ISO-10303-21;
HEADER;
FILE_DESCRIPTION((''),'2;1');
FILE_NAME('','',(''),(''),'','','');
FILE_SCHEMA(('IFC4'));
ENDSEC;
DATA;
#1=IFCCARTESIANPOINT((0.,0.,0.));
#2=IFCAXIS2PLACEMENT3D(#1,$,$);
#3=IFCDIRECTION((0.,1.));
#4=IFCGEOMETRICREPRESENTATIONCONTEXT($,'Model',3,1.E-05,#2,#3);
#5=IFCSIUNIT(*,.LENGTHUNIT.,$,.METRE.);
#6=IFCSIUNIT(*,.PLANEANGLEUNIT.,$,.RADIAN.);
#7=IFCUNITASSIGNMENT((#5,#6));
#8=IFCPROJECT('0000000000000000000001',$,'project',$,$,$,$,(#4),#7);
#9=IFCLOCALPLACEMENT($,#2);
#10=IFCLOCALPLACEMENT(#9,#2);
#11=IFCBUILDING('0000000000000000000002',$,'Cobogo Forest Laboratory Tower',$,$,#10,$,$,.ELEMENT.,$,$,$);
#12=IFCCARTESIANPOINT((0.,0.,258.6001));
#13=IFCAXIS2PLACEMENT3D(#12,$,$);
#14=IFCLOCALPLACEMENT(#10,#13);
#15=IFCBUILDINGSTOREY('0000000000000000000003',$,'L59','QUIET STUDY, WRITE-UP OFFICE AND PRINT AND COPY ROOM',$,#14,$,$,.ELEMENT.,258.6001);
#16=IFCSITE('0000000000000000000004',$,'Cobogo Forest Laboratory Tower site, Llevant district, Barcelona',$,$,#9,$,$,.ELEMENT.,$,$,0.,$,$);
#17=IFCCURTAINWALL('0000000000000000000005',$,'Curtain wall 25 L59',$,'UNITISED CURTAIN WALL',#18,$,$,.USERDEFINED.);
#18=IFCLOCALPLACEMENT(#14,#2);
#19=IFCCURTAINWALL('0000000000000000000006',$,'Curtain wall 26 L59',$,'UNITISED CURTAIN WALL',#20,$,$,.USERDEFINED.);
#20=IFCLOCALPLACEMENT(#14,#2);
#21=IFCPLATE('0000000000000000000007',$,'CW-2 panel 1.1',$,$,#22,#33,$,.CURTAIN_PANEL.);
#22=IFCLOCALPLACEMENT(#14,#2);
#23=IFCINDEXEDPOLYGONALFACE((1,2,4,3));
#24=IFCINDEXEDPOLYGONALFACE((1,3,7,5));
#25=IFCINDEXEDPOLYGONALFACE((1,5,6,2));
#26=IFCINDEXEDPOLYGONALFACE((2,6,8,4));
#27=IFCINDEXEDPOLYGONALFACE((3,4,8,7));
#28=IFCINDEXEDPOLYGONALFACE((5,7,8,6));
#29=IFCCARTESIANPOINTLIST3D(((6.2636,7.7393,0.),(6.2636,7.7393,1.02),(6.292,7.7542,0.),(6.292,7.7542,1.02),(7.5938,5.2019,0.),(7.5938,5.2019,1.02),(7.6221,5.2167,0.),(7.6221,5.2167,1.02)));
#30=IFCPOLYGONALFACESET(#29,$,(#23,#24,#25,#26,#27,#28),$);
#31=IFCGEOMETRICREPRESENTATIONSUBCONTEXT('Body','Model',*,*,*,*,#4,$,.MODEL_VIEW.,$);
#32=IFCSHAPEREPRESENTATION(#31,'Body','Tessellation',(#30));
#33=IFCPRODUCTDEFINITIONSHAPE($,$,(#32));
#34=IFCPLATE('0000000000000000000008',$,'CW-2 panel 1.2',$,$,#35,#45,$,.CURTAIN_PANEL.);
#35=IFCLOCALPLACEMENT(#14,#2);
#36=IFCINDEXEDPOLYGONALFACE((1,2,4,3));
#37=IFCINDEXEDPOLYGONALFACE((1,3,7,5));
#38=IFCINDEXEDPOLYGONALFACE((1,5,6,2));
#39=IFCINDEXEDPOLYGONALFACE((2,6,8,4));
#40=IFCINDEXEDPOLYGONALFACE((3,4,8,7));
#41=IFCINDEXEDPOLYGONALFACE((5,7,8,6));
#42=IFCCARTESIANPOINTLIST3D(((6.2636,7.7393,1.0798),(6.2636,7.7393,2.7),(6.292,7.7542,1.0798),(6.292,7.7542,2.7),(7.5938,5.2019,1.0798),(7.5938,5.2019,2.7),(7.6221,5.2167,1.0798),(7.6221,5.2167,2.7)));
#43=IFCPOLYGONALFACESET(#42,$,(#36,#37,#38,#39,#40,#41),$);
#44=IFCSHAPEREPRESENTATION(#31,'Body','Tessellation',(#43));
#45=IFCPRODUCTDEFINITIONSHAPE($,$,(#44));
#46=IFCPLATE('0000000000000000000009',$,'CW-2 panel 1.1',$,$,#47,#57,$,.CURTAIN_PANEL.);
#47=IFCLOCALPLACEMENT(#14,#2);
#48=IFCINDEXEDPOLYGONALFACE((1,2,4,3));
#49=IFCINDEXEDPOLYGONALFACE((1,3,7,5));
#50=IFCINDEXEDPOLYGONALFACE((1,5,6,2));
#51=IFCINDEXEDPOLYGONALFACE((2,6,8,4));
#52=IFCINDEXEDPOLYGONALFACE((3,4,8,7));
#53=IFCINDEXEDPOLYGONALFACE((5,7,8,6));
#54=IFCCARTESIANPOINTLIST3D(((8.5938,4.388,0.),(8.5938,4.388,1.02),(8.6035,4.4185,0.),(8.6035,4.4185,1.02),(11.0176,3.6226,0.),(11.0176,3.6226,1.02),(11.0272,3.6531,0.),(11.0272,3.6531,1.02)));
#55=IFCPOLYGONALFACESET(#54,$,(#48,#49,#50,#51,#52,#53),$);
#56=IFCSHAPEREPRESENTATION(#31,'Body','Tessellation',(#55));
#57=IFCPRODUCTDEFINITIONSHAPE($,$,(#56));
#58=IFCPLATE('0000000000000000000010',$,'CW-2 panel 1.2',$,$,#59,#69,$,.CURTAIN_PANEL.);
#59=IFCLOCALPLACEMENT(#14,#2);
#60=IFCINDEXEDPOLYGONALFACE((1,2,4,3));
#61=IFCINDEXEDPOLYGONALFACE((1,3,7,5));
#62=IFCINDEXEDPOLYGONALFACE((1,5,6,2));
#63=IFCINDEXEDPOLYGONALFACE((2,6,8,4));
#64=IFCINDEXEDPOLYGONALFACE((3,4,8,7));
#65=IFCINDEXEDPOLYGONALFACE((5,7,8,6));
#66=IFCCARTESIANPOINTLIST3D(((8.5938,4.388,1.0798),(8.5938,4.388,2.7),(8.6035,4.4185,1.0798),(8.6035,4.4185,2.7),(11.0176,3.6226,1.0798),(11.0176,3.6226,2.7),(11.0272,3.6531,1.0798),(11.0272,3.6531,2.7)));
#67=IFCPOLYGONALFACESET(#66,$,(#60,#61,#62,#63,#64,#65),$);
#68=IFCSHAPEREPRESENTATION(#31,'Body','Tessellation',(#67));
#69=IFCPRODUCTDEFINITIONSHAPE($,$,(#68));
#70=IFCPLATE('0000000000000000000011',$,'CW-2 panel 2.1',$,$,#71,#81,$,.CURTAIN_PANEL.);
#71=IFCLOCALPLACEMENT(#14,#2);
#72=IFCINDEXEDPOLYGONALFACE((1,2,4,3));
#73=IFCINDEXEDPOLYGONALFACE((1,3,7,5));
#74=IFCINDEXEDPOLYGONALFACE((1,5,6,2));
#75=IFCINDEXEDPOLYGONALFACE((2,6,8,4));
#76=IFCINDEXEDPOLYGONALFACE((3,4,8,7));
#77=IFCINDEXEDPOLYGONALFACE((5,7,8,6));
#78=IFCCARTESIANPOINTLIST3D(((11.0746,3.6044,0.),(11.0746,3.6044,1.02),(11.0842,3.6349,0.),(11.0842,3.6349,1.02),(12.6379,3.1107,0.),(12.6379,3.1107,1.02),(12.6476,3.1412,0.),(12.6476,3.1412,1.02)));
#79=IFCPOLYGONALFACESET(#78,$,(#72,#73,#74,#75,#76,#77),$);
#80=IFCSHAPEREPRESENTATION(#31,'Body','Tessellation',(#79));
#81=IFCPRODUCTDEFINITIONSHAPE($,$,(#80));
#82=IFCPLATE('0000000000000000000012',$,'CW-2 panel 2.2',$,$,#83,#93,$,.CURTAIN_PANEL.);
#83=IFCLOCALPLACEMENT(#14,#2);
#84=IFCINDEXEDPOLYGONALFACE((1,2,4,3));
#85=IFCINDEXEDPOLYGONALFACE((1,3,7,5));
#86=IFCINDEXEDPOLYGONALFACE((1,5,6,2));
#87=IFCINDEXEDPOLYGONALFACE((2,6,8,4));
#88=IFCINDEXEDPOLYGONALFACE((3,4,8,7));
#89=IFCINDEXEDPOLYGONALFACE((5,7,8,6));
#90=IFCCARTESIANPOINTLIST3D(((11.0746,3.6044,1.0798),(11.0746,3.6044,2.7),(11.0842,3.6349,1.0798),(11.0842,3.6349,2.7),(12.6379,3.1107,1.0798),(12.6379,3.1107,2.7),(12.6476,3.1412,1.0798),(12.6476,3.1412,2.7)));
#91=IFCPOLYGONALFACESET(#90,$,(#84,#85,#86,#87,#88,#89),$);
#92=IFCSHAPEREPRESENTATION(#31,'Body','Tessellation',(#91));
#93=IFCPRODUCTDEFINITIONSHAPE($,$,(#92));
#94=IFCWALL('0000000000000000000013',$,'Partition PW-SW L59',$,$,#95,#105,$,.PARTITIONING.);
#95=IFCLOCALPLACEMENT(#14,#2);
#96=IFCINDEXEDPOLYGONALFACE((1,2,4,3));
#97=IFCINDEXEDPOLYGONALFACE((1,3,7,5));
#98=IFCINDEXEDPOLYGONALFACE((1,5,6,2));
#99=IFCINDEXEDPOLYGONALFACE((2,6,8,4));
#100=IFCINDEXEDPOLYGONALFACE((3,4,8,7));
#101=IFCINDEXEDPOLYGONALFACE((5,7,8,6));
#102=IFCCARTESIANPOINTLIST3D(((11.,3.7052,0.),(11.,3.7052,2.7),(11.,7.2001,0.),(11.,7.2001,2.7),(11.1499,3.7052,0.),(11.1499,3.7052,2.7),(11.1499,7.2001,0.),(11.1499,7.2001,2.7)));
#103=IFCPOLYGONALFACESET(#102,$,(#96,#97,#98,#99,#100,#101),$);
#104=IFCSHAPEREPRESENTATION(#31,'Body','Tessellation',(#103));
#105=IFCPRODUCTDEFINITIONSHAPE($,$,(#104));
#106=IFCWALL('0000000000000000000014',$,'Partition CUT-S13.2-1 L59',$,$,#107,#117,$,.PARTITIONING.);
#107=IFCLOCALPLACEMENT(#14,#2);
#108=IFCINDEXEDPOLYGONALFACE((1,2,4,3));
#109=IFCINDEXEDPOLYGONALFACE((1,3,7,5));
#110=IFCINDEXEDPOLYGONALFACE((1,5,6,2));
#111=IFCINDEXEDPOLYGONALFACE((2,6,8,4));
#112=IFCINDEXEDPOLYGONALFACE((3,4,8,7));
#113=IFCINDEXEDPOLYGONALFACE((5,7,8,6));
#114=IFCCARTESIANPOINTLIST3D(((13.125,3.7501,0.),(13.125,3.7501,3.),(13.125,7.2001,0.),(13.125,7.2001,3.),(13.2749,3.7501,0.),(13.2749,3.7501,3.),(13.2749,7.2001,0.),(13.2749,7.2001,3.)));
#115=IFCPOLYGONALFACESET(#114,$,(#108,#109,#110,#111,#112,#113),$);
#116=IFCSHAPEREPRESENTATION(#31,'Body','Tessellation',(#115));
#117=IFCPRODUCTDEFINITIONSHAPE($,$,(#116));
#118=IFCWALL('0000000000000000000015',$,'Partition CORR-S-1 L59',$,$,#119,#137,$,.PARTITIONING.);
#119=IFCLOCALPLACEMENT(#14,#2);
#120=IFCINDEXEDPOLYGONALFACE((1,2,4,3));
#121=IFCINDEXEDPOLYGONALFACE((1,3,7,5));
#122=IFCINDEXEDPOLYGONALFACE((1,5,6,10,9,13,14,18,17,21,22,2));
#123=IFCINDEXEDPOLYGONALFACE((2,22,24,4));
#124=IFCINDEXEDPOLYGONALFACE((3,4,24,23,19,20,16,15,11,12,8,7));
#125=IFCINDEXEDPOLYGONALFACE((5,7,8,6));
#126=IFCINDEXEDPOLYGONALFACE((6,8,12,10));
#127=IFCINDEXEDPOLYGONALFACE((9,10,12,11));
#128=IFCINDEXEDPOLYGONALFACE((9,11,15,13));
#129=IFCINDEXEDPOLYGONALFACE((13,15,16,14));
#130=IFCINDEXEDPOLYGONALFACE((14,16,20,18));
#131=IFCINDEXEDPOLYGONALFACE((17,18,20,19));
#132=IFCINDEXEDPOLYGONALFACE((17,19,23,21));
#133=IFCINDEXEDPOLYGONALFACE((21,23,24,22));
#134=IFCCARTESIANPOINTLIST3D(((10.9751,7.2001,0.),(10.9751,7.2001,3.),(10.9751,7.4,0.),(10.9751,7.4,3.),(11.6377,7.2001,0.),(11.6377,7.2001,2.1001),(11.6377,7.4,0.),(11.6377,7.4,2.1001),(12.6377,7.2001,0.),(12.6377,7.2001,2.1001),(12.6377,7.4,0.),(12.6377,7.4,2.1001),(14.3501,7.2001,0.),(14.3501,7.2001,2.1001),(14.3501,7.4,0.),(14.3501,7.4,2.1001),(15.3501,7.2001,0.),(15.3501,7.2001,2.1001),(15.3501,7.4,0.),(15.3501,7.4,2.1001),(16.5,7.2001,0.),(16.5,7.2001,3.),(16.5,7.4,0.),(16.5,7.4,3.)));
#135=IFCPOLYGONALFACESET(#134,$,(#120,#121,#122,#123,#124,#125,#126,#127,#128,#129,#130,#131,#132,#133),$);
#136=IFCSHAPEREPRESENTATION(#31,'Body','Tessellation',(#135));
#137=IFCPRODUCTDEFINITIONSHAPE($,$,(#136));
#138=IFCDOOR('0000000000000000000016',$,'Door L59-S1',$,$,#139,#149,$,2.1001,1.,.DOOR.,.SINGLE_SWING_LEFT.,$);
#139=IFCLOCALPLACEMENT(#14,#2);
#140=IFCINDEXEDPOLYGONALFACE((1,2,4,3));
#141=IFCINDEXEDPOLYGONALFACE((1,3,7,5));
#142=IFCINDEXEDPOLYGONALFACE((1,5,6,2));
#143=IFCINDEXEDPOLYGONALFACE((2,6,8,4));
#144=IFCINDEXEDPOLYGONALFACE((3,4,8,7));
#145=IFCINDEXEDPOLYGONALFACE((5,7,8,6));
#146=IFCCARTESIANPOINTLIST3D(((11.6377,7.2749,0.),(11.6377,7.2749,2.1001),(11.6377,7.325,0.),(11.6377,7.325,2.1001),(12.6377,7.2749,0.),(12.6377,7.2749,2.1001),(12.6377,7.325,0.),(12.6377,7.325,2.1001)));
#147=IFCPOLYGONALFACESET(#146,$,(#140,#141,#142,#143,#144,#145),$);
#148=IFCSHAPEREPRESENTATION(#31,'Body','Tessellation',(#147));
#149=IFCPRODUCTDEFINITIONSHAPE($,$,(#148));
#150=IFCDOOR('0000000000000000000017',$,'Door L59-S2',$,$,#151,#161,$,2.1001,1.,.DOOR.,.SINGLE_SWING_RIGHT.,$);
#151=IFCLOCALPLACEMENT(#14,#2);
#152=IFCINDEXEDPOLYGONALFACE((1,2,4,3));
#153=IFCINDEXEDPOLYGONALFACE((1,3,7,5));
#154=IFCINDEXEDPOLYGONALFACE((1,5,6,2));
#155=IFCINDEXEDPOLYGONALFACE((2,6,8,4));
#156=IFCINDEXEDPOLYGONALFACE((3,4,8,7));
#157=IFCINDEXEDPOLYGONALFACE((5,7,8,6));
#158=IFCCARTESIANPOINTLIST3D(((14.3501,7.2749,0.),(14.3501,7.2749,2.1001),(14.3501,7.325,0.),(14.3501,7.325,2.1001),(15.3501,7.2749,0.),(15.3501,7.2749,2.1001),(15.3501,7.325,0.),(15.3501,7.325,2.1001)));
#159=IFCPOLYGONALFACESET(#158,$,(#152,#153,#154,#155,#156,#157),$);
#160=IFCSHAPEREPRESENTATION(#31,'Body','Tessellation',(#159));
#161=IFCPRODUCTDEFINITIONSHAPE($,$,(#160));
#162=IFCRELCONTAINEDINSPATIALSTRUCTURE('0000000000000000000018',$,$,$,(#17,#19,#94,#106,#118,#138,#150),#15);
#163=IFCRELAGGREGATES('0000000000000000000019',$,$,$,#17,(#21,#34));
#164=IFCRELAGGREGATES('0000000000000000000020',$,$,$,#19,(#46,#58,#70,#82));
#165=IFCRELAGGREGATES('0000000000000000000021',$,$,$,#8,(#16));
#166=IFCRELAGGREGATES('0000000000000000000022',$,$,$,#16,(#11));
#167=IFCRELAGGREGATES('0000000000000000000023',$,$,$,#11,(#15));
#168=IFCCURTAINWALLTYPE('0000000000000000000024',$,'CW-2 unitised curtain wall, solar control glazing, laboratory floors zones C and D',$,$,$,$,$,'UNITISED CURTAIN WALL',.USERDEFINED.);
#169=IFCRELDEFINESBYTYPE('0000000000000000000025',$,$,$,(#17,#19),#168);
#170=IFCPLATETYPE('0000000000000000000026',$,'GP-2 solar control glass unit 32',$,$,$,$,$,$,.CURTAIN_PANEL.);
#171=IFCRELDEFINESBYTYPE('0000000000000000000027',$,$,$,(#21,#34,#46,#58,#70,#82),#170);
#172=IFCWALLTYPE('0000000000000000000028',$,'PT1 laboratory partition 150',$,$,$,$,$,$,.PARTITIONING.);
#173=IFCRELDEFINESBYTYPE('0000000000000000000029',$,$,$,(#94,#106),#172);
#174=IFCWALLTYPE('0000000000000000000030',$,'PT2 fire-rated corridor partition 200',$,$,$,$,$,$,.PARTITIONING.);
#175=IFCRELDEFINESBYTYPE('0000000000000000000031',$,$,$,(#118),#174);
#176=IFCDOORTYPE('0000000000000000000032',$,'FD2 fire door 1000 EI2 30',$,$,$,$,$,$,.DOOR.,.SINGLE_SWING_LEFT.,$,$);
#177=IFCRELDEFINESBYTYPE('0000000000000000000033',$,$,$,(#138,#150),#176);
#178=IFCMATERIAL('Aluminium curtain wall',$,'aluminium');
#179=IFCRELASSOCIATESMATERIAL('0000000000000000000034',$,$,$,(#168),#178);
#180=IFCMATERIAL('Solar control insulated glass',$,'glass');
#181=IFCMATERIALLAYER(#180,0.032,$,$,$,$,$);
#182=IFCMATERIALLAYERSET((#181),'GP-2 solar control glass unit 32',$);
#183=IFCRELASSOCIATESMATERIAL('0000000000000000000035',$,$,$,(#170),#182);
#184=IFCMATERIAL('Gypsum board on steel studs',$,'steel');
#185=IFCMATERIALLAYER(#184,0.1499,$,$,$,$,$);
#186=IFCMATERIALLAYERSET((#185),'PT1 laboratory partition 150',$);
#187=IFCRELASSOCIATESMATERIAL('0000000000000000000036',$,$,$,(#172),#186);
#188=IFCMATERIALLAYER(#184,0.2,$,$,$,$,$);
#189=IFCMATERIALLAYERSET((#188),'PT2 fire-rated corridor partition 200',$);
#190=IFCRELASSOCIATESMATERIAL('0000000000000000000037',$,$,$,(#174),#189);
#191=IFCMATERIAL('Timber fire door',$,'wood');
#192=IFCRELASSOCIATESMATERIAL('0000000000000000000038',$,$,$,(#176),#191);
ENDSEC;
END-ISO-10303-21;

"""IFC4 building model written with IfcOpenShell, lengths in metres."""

from ifc_helpers import new_model, si_unit, direction, frame, frame_2d, origin, origin_2d, place, context, subcontext, project, spatial, rectangle, extrude, material, layer, layer_set, type_object, element, fill, aggregate, save


model = new_model("IFC4")

# Units and contexts
model_context = context("Model", 3, precision=1e-05, world=origin(), true_north=direction((0.0, 1.0)))
body_context = subcontext(model_context, "Body", "Model", "MODEL_VIEW")
ifc_project = project(units=[si_unit("LENGTHUNIT", "METRE"), si_unit("PLANEANGLEUNIT", "RADIAN")], contexts=[model_context])

# Site, building, storey
site_placement = place(None, origin())
site = spatial("IfcSite", under=ifc_project, at=site_placement, Name="Cobogo Forest Laboratory Tower site, Llevant district, Barcelona", CompositionType="ELEMENT", RefElevation=0.0)
building_placement = place(site_placement, origin())
building = spatial("IfcBuilding", under=site, at=building_placement, Name="Cobogo Forest Laboratory Tower", CompositionType="ELEMENT")
storey_placement = place(building_placement, frame((0.0, 0.0, 258.6001)))
storey = spatial("IfcBuildingStorey", under=building, at=storey_placement, Name="L59", Description="QUIET STUDY, WRITE-UP OFFICE AND PRINT AND COPY ROOM", CompositionType="ELEMENT", Elevation=258.6001)

# Curtain wall
ifc_material_1 = material(Name="Aluminium curtain wall", Category="aluminium")
curtain_wall_type = type_object("IfcCurtainWallType", Name="CW-2 unitised curtain wall, solar control glazing, laboratory floors zones C and D", ElementType="UNITISED CURTAIN WALL", PredefinedType="USERDEFINED", material=ifc_material_1)
curtain_wall_1_placement = place(storey_placement, origin())
curtain_wall_1 = element("IfcCurtainWall", 1, at=curtain_wall_1_placement, inside=storey, type_object=curtain_wall_type, Name="Curtain wall 25 L59", ObjectType="UNITISED CURTAIN WALL", PredefinedType="USERDEFINED")

# Curtain wall
curtain_wall_2_placement = place(storey_placement, origin())
curtain_wall_2 = element("IfcCurtainWall", 2, at=curtain_wall_2_placement, inside=storey, type_object=curtain_wall_type, Name="Curtain wall 26 L59", ObjectType="UNITISED CURTAIN WALL", PredefinedType="USERDEFINED")

# Plates
ifc_material_2 = material(Name="Solar control insulated glass", Category="glass")
ifc_layer_1 = layer(ifc_material_2, 0.032)
ifc_layer_set_1 = layer_set([ifc_layer_1], Name="GP-2 solar control glass unit 32")
plate_type = type_object("IfcPlateType", Name="GP-2 solar control glass unit 32", PredefinedType="CURTAIN_PANEL", material=ifc_layer_set_1)
plate_1_placement = place(storey_placement, frame((6.9429, 6.478, 0.0), z_axis=(0.0, 0.0, 1.0), x_axis=(0.464284, -0.885686, 0.0)))
plate_1 = element("IfcPlate", 3, at=plate_1_placement, type_object=plate_type, Name="CW-2 panel 1.1", PredefinedType="CURTAIN_PANEL", context=body_context, shape_type="SweptSolid", body=[
    extrude(rectangle(XDim=2.865, YDim=0.032, at=origin_2d()), origin(), (0.0, 0.0, 1.0), 1.02),
])
plate_2_placement = place(storey_placement, frame((6.9429, 6.478, 1.0798), z_axis=(0.0, 0.0, 1.0), x_axis=(0.464284, -0.885686, 0.0)))
plate_2 = element("IfcPlate", 4, at=plate_2_placement, type_object=plate_type, Name="CW-2 panel 1.2", PredefinedType="CURTAIN_PANEL", context=body_context, shape_type="SweptSolid", body=[
    extrude(rectangle(XDim=2.865, YDim=0.032, at=origin_2d()), origin(), (0.0, 0.0, 1.0), 1.6201),
])
aggregate(curtain_wall_1, [plate_1, plate_2])
plate_3_placement = place(storey_placement, frame((9.8105, 4.0205, 0.0), z_axis=(0.0, 0.0, 1.0), x_axis=(0.953581, -0.301135, 0.0)))
plate_3 = element("IfcPlate", 5, at=plate_3_placement, type_object=plate_type, Name="CW-2 panel 1.1", PredefinedType="CURTAIN_PANEL", context=body_context, shape_type="SweptSolid", body=[
    extrude(rectangle(XDim=2.5417, YDim=0.032, at=origin_2d()), origin(), (0.0, 0.0, 1.0), 1.02),
])
plate_4_placement = place(storey_placement, frame((9.8105, 4.0205, 1.0798), z_axis=(0.0, 0.0, 1.0), x_axis=(0.953581, -0.301135, 0.0)))
plate_4 = element("IfcPlate", 6, at=plate_4_placement, type_object=plate_type, Name="CW-2 panel 1.2", PredefinedType="CURTAIN_PANEL", context=body_context, shape_type="SweptSolid", body=[
    extrude(rectangle(XDim=2.5417, YDim=0.032, at=origin_2d()), origin(), (0.0, 0.0, 1.0), 1.6201),
])
plate_5_placement = place(storey_placement, frame((11.8611, 3.3728, 0.0), z_axis=(0.0, 0.0, 1.0), x_axis=(0.953581, -0.301135, 0.0)))
plate_5 = element("IfcPlate", 7, at=plate_5_placement, type_object=plate_type, Name="CW-2 panel 2.1", PredefinedType="CURTAIN_PANEL", context=body_context, shape_type="SweptSolid", body=[
    extrude(rectangle(XDim=1.6394, YDim=0.032, at=origin_2d()), origin(), (0.0, 0.0, 1.0), 1.02),
])
plate_6_placement = place(storey_placement, frame((11.8611, 3.3728, 1.0798), z_axis=(0.0, 0.0, 1.0), x_axis=(0.953581, -0.301135, 0.0)))
plate_6 = element("IfcPlate", 8, at=plate_6_placement, type_object=plate_type, Name="CW-2 panel 2.2", PredefinedType="CURTAIN_PANEL", context=body_context, shape_type="SweptSolid", body=[
    extrude(rectangle(XDim=1.6394, YDim=0.032, at=origin_2d()), origin(), (0.0, 0.0, 1.0), 1.6201),
])
aggregate(curtain_wall_2, [plate_3, plate_4, plate_5, plate_6])

# Walls
ifc_material_3 = material(Name="Gypsum board on steel studs", Category="steel")
ifc_layer_2 = layer(ifc_material_3, 0.1499)
ifc_layer_set_2 = layer_set([ifc_layer_2], Name="PT1 laboratory partition 150")
wall_type_1 = type_object("IfcWallType", Name="PT1 laboratory partition 150", PredefinedType="PARTITIONING", material=ifc_layer_set_2)
wall_1_placement = place(storey_placement, frame((11.075, 3.7051, 0.0), z_axis=(0.0, 0.0, 1.0), x_axis=(0.0, 1.0, 0.0)))
element("IfcWall", 9, at=wall_1_placement, inside=storey, type_object=wall_type_1, Name="Partition PW-SW L59", PredefinedType="PARTITIONING", context=body_context, shape_type="SweptSolid", body=[
    extrude(rectangle(XDim=3.4949, YDim=0.1499, at=frame_2d((1.7476, 0.0))), origin(), (0.0, 0.0, 1.0), 2.7),
])
wall_2_placement = place(storey_placement, frame((13.2, 3.75, 0.0), z_axis=(0.0, 0.0, 1.0), x_axis=(0.0, 1.0, 0.0)))
element("IfcWall", 10, at=wall_2_placement, inside=storey, type_object=wall_type_1, Name="Partition CUT-S13.2-1 L59", PredefinedType="PARTITIONING", context=body_context, shape_type="SweptSolid", body=[
    extrude(rectangle(XDim=3.45, YDim=0.1499, at=frame_2d((1.7251, 0.0))), origin(), (0.0, 0.0, 1.0), 3.0),
])

# Wall, openings, doors
ifc_layer_3 = layer(ifc_material_3, 0.2)
ifc_layer_set_3 = layer_set([ifc_layer_3], Name="PT2 fire-rated corridor partition 200")
wall_type_2 = type_object("IfcWallType", Name="PT2 fire-rated corridor partition 200", PredefinedType="PARTITIONING", material=ifc_layer_set_3)
wall_3_placement = place(storey_placement, frame((10.9751, 7.3, 0.0), z_axis=(0.0, 0.0, 1.0), x_axis=(1.0, 0.0, 0.0)))
wall_3 = element("IfcWall", 11, at=wall_3_placement, inside=storey, type_object=wall_type_2, Name="Partition CORR-S-1 L59", PredefinedType="PARTITIONING", context=body_context, shape_type="SweptSolid", body=[
    extrude(rectangle(XDim=5.5249, YDim=0.2, at=frame_2d((2.7625, 0.0))), origin(), (0.0, 0.0, 1.0), 3.0),
])
opening_1_placement = place(wall_3_placement, frame((0.6626, 0.0, 0.0)))
opening_1 = element("IfcOpeningElement", 12, at=opening_1_placement, cuts=wall_3, PredefinedType="OPENING", context=body_context, shape_type="SweptSolid", body=[
    extrude(rectangle(XDim=1.0, YDim=2.1001, at=frame_2d((0.5, 1.05))), frame((0.0, 0.1099, 0.0), z_axis=(0.0, -1.0, 0.0), x_axis=(1.0, 0.0, 0.0)), (0.0, 0.0, 1.0), 0.22),
])
opening_2_placement = place(wall_3_placement, frame((3.375, 0.0, 0.0)))
opening_2 = element("IfcOpeningElement", 13, at=opening_2_placement, cuts=wall_3, PredefinedType="OPENING", context=body_context, shape_type="SweptSolid", body=[
    extrude(rectangle(XDim=1.0, YDim=2.1001, at=frame_2d((0.5, 1.05))), frame((0.0, 0.1099, 0.0), z_axis=(0.0, -1.0, 0.0), x_axis=(1.0, 0.0, 0.0)), (0.0, 0.0, 1.0), 0.22),
])
ifc_material_4 = material(Name="Timber fire door", Category="wood")
door_type_1 = type_object("IfcDoorType", Name="FD2 fire door 1000 EI2 30", OperationType="SINGLE_SWING_LEFT", PredefinedType="DOOR", material=ifc_material_4)
door_1_placement = place(opening_1_placement, origin())
door_1 = element("IfcDoor", 14, at=door_1_placement, inside=storey, type_object=door_type_1, Name="Door L59-S1", OperationType="SINGLE_SWING_LEFT", OverallHeight=2.1001, OverallWidth=1.0, PredefinedType="DOOR", context=body_context, shape_type="SweptSolid", body=[
    extrude(rectangle(XDim=1.0, YDim=2.1001, at=frame_2d((0.5, 1.05))), frame((0.0, 0.0249, 0.0), z_axis=(0.0, -1.0, 0.0), x_axis=(1.0, 0.0, 0.0)), (0.0, 0.0, 1.0), 0.05),
])
fill(opening_1, door_1)
door_2_placement = place(opening_2_placement, origin())
door_2 = element("IfcDoor", 15, at=door_2_placement, inside=storey, type_object=door_type_1, Name="Door L59-S2", OperationType="SINGLE_SWING_RIGHT", OverallHeight=2.1001, OverallWidth=1.0, PredefinedType="DOOR", context=body_context, shape_type="SweptSolid", body=[
    extrude(rectangle(XDim=1.0, YDim=2.1001, at=frame_2d((0.5, 1.05))), frame((0.0, 0.0249, 0.0), z_axis=(0.0, -1.0, 0.0), x_axis=(1.0, 0.0, 0.0)), (0.0, 0.0, 1.0), 0.05),
])
fill(opening_2, door_2)

save(model, "model.ifc")
